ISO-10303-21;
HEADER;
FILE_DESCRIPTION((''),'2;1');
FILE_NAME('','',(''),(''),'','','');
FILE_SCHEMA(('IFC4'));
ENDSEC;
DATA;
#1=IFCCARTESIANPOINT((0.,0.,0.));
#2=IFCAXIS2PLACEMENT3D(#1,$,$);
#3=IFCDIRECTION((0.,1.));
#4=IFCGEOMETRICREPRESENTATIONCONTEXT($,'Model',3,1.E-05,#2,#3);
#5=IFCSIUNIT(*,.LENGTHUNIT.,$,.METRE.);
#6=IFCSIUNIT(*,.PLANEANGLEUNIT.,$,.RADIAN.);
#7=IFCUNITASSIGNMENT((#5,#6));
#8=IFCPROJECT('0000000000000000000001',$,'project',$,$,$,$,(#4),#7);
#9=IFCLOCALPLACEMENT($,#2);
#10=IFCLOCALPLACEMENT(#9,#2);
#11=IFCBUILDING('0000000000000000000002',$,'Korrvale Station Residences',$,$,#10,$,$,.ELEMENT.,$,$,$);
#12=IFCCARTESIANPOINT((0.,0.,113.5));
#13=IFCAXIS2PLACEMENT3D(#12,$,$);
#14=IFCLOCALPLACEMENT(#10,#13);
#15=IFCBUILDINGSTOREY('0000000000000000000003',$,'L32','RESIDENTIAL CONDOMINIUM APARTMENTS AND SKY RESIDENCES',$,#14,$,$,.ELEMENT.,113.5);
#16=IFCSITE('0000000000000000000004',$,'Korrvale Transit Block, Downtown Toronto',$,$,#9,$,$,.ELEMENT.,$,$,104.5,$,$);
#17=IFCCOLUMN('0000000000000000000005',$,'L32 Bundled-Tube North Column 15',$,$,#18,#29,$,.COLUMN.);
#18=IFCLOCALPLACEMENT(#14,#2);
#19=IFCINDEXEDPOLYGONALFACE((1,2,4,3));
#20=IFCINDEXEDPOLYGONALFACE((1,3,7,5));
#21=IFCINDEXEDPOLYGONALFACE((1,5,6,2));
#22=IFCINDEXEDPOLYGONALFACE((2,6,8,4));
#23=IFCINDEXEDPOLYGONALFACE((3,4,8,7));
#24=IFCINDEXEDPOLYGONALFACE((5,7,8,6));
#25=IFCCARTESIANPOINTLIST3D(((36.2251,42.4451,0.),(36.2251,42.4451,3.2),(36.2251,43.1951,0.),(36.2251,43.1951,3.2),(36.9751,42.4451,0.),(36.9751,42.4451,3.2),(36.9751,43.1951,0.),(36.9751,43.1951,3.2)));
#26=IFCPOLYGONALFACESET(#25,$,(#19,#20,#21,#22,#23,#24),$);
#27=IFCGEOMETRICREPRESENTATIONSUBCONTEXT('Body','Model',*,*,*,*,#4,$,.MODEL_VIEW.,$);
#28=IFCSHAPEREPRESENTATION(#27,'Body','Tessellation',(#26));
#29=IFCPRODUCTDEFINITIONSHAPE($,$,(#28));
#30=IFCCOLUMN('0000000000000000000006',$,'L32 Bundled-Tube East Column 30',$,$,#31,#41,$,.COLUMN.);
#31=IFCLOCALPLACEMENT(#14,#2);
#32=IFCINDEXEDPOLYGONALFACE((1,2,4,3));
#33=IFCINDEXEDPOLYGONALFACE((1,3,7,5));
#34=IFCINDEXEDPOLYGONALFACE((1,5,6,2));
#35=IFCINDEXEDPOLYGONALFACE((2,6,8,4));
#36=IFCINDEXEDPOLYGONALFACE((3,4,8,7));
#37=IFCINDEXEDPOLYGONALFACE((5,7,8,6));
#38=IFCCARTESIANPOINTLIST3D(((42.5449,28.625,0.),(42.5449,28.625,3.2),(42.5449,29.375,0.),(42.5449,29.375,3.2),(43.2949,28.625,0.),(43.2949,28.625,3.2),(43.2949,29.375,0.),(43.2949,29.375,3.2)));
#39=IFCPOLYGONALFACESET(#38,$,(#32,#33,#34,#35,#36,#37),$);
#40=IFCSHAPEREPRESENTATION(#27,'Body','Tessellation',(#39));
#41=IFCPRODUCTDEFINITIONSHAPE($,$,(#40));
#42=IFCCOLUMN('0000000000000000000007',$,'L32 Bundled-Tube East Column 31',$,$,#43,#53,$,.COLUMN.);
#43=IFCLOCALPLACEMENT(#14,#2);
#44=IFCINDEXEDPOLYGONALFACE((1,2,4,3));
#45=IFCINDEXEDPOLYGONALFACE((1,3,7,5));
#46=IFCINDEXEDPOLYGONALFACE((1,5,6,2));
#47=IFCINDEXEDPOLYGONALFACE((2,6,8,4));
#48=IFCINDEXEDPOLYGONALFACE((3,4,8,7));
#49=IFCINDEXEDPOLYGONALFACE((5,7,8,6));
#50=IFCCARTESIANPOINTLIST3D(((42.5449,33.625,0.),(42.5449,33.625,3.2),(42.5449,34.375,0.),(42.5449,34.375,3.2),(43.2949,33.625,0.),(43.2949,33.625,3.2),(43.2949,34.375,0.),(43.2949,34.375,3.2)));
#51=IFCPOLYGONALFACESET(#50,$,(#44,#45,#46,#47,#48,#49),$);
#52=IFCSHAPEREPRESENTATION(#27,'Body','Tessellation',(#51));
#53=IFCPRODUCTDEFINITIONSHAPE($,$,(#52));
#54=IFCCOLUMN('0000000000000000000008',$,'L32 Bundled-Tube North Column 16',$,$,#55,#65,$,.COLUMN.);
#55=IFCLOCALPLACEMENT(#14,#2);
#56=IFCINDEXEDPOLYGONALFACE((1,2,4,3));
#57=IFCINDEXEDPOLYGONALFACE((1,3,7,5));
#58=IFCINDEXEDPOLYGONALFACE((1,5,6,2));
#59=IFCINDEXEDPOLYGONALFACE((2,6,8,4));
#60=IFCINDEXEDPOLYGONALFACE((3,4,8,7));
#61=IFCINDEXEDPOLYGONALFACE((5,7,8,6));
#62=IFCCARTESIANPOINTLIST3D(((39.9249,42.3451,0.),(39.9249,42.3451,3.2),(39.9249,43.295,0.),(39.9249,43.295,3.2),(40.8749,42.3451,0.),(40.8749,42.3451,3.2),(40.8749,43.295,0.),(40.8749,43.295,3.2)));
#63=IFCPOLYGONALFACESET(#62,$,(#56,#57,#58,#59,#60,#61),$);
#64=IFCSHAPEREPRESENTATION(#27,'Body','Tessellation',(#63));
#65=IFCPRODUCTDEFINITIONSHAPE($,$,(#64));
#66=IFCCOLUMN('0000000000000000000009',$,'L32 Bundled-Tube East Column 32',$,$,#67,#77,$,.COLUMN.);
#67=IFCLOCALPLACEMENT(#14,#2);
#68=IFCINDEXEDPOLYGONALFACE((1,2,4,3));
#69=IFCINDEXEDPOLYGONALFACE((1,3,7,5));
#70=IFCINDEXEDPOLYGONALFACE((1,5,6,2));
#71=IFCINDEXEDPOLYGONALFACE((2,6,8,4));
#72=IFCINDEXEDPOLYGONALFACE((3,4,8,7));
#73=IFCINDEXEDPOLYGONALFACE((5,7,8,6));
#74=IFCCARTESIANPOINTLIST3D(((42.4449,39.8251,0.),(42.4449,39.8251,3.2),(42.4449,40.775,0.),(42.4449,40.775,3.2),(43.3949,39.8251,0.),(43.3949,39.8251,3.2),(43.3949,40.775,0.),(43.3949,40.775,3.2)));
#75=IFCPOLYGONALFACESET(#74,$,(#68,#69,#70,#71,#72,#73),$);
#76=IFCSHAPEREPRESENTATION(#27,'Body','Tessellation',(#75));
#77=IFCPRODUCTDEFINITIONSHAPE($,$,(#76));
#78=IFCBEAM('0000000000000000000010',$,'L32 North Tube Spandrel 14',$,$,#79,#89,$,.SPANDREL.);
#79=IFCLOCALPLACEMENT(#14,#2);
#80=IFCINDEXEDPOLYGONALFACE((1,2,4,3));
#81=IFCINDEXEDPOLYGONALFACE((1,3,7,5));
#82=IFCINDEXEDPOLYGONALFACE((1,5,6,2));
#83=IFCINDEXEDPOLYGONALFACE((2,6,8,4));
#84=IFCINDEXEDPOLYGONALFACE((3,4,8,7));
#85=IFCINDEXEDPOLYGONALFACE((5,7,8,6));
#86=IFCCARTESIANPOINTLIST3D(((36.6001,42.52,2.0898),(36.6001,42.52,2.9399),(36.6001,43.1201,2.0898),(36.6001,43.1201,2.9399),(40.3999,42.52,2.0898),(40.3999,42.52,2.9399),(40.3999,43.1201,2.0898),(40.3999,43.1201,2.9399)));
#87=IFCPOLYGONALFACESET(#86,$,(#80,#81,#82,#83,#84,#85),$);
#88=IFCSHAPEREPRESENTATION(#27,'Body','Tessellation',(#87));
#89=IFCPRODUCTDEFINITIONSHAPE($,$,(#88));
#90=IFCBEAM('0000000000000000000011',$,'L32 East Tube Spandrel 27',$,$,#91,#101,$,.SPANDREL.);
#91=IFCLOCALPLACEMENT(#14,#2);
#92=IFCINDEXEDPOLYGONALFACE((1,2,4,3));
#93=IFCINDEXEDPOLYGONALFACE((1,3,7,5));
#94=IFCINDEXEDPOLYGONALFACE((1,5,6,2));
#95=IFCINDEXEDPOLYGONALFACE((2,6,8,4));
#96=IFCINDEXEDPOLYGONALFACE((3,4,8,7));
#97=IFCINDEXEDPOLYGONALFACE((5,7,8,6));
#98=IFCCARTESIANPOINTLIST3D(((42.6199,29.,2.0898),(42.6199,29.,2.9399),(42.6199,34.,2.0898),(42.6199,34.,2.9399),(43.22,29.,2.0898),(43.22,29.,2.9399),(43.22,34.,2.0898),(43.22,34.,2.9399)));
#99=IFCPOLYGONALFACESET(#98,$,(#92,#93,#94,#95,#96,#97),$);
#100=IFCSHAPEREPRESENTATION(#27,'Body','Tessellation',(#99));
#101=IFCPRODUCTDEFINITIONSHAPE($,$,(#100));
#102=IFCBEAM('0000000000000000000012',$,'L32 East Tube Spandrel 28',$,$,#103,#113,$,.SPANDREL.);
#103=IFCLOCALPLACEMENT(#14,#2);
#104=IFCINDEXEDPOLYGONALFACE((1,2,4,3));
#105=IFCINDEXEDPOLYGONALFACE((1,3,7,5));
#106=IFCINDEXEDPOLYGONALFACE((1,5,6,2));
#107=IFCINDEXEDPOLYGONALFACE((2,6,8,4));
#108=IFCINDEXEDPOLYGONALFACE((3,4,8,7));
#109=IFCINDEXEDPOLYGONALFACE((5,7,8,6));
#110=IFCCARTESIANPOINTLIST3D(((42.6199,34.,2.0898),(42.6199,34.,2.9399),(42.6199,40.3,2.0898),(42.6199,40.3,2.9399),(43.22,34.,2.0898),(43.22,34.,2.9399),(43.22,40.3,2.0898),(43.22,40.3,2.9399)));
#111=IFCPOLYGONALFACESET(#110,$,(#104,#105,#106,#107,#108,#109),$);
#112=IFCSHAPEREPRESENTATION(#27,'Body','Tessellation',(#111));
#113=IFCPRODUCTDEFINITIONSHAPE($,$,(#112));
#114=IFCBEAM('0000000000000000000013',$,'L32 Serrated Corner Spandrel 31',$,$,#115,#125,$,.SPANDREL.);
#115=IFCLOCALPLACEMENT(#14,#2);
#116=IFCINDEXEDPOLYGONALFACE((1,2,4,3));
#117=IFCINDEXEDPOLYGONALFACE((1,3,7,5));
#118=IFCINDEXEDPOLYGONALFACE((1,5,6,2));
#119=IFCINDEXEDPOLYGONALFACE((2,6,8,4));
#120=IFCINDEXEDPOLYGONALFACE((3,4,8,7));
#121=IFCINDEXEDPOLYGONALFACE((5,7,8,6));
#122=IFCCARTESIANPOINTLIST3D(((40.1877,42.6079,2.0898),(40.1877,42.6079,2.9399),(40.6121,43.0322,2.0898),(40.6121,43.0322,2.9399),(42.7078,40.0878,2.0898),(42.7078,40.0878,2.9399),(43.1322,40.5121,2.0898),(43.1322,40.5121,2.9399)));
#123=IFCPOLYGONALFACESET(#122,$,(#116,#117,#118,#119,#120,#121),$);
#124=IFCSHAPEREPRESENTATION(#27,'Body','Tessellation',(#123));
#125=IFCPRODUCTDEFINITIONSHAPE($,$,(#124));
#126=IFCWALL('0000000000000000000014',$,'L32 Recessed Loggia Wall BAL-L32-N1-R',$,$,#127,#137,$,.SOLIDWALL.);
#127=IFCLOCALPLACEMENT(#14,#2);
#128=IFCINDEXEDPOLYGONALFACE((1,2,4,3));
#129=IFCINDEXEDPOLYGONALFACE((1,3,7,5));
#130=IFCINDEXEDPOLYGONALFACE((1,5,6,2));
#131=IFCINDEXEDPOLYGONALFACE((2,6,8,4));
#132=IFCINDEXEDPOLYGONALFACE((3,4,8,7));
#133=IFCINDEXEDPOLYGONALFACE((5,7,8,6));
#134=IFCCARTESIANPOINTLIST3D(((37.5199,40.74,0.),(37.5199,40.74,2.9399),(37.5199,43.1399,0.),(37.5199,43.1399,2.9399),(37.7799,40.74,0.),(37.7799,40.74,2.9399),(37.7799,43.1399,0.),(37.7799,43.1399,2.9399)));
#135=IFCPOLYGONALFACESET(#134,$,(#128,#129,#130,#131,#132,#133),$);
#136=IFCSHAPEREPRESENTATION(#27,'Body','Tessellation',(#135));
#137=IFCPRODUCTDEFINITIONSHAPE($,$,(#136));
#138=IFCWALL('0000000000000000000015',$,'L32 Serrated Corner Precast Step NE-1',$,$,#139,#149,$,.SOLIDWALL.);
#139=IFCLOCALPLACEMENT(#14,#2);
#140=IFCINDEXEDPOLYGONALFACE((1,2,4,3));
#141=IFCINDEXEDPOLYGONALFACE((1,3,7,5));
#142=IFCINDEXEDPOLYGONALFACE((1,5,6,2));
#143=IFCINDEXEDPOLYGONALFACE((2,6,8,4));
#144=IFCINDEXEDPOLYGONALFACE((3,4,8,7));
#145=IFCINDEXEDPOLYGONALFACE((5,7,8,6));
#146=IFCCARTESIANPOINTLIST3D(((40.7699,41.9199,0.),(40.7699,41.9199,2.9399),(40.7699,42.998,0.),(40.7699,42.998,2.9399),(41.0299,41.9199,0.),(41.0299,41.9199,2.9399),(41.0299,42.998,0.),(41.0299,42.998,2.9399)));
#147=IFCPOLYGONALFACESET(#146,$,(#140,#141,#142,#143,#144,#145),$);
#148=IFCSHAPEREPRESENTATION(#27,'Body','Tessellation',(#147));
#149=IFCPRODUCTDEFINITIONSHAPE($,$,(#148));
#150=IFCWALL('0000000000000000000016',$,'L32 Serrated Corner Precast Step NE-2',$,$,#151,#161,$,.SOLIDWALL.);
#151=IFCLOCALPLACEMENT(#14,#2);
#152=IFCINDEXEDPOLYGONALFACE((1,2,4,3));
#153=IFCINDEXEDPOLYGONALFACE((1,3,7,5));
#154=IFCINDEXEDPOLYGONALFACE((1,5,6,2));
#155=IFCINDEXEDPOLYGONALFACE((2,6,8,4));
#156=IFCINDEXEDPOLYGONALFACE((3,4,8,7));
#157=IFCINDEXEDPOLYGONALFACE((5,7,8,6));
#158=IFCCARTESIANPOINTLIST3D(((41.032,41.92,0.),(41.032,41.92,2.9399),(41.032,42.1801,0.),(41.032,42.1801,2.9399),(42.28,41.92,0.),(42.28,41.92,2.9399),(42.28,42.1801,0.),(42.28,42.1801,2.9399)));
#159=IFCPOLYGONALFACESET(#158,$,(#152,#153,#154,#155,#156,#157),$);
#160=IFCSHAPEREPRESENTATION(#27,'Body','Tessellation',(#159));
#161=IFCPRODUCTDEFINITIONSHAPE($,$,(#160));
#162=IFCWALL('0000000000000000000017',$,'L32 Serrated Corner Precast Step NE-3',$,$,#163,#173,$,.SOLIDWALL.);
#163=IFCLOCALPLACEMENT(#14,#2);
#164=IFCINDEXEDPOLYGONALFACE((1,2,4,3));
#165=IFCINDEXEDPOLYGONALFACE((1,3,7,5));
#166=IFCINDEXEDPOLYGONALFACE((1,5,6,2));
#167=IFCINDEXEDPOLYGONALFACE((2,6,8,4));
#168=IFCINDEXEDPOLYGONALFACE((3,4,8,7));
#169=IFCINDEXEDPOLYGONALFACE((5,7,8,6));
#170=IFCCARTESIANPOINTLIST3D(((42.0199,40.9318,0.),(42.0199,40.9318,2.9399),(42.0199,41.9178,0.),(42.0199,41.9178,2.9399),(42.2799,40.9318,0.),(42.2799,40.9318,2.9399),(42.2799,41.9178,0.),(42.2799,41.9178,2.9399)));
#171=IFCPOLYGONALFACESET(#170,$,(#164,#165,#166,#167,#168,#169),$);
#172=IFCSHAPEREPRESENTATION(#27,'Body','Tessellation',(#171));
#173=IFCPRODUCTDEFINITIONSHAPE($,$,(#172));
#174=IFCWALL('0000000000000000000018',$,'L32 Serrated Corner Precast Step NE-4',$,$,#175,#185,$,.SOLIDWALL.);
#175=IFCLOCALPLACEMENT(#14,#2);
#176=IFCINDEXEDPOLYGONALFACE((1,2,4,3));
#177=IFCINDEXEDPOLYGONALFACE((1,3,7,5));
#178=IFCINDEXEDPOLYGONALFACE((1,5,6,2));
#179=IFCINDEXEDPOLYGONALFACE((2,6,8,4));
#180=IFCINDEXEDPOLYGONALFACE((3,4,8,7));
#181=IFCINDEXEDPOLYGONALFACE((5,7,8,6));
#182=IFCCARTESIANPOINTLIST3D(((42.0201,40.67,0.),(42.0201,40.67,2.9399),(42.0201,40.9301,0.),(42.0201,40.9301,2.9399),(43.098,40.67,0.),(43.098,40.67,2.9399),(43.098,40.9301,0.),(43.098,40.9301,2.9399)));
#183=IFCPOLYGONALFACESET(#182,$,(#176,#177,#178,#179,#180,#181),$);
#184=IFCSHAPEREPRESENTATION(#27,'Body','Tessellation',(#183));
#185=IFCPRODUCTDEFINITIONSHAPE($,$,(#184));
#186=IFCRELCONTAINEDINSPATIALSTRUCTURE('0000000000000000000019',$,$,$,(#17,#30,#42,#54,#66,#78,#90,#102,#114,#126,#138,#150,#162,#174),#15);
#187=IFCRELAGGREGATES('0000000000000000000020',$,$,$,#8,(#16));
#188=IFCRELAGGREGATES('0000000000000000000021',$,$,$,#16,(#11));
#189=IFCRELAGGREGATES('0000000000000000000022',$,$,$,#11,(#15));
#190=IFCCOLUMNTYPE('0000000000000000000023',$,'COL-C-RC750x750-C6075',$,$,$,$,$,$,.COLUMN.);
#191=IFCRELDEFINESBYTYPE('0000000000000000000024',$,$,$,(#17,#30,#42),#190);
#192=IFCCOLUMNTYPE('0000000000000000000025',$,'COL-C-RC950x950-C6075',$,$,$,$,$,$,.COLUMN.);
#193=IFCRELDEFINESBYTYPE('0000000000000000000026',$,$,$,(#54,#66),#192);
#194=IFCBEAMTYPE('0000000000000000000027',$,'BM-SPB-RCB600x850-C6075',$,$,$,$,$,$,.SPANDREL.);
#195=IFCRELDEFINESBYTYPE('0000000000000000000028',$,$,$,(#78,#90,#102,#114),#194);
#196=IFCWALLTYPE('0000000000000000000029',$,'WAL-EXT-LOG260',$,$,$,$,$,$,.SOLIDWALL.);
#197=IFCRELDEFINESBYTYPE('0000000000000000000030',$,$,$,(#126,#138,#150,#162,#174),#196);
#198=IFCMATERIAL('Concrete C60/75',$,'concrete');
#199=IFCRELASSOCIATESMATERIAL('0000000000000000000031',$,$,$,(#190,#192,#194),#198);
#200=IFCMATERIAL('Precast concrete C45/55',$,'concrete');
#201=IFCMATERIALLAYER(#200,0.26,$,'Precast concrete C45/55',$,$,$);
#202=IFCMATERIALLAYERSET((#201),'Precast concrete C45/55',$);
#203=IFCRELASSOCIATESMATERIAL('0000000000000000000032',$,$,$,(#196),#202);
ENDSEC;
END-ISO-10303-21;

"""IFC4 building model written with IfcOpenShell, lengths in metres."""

from ifc_helpers import new_model, si_unit, direction, frame, frame_2d, origin, origin_2d, place, context, subcontext, project, spatial, rectangle, extrude, material, layer, layer_set, material_profile, profile_set, type_object, element, save


model = new_model("IFC4")

# Units and contexts
model_context = context("Model", 3, precision=1e-05, world=origin(), true_north=direction((0.0, 1.0)))
body_context = subcontext(model_context, "Body", "Model", "MODEL_VIEW")
ifc_project = project(units=[si_unit("LENGTHUNIT", "METRE"), si_unit("PLANEANGLEUNIT", "RADIAN")], contexts=[model_context])

# Site, building, storey
site_placement = place(None, origin())
site = spatial("IfcSite", under=ifc_project, at=site_placement, Name="Korrvale Transit Block, Downtown Toronto", CompositionType="ELEMENT", RefElevation=104.5)
building_placement = place(site_placement, origin())
building = spatial("IfcBuilding", under=site, at=building_placement, Name="Korrvale Station Residences", CompositionType="ELEMENT")
storey_placement = place(building_placement, frame((0.0, 0.0, 113.5)))
storey = spatial("IfcBuildingStorey", under=building, at=storey_placement, Name="L32", Description="RESIDENTIAL CONDOMINIUM APARTMENTS AND SKY RESIDENCES", CompositionType="ELEMENT", Elevation=113.5)

# Columns
ifc_material_1 = material(Name="Concrete C60/75", Category="concrete")
ifc_material_profile_1 = material_profile(ifc_material_1, rectangle(XDim=0.75, YDim=0.75, at=origin_2d()), Name="RC750x750")
ifc_profile_set_1 = profile_set([ifc_material_profile_1], Name="Concrete C60/75")
column_type_1 = type_object("IfcColumnType", Name="COL-C-RC750x750-C6075", PredefinedType="COLUMN", material=ifc_profile_set_1)
for number, where, z_axis, x_axis, name in (
    (1, (36.6001, 42.8201, 0.0), (0.0, 0.0, 1.0), (1.0, 0.0, 0.0), "L32 Bundled-Tube North Column 15"),
    (2, (42.9199, 29.0, 0.0), (0.0, 0.0, 1.0), (1.0, 0.0, 0.0), "L32 Bundled-Tube East Column 30"),
    (3, (42.9199, 34.0, 0.0), (0.0, 0.0, 1.0), (1.0, 0.0, 0.0), "L32 Bundled-Tube East Column 31"),
):
    element("IfcColumn", number, at=place(storey_placement, frame(where, z_axis=z_axis, x_axis=x_axis)), inside=storey, type_object=column_type_1, Name=name, PredefinedType="COLUMN", context=body_context, shape_type="SweptSolid", body=[
        extrude(rectangle(XDim=0.75, YDim=0.75, at=origin_2d()), origin(), (0.0, 0.0, 1.0), 3.2),
    ])
ifc_material_profile_2 = material_profile(ifc_material_1, rectangle(XDim=0.95, YDim=0.95, at=origin_2d()), Name="RC950x950")
ifc_profile_set_2 = profile_set([ifc_material_profile_2], Name="Concrete C60/75")
column_type_2 = type_object("IfcColumnType", Name="COL-C-RC950x950-C6075", PredefinedType="COLUMN", material=ifc_profile_set_2)
for number, where, z_axis, x_axis, name in (
    (4, (40.3999, 42.8201, 0.0), (0.0, 0.0, 1.0), (1.0, 0.0, 0.0), "L32 Bundled-Tube North Column 16"),
    (5, (42.9199, 40.3, 0.0), (0.0, 0.0, 1.0), (1.0, 0.0, 0.0), "L32 Bundled-Tube East Column 32"),
):
    element("IfcColumn", number, at=place(storey_placement, frame(where, z_axis=z_axis, x_axis=x_axis)), inside=storey, type_object=column_type_2, Name=name, PredefinedType="COLUMN", context=body_context, shape_type="SweptSolid", body=[
        extrude(rectangle(XDim=0.95, YDim=0.95, at=origin_2d()), origin(), (0.0, 0.0, 1.0), 3.2),
    ])

# Beams
ifc_material_profile_3 = material_profile(ifc_material_1, rectangle(XDim=0.6001, YDim=0.8501, at=origin_2d()), Name="RCB600x850")
ifc_profile_set_3 = profile_set([ifc_material_profile_3], Name="Concrete C60/75")
beam_type = type_object("IfcBeamType", Name="BM-SPB-RCB600x850-C6075", PredefinedType="SPANDREL", material=ifc_profile_set_3)
beam_1_placement = place(storey_placement, frame((36.6001, 42.8201, 2.5149), z_axis=(1.0, 0.0, 0.0), x_axis=(0.0, 1.0, 0.0)))
element("IfcBeam", 6, at=beam_1_placement, inside=storey, type_object=beam_type, Name="L32 North Tube Spandrel 14", PredefinedType="SPANDREL", context=body_context, shape_type="SweptSolid", body=[
    extrude(rectangle(XDim=0.6001, YDim=0.8501, at=origin_2d()), origin(), (0.0, 0.0, 1.0), 3.7998),
])
beam_2_placement = place(storey_placement, frame((42.9199, 29.0, 2.5149), z_axis=(0.0, 1.0, 0.0), x_axis=(-1.0, 0.0, 0.0)))
element("IfcBeam", 7, at=beam_2_placement, inside=storey, type_object=beam_type, Name="L32 East Tube Spandrel 27", PredefinedType="SPANDREL", context=body_context, shape_type="SweptSolid", body=[
    extrude(rectangle(XDim=0.6001, YDim=0.8501, at=origin_2d()), origin(), (0.0, 0.0, 1.0), 5.0),
])
beam_3_placement = place(storey_placement, frame((42.9199, 34.0, 2.5149), z_axis=(0.0, 1.0, 0.0), x_axis=(-1.0, 0.0, 0.0)))
element("IfcBeam", 8, at=beam_3_placement, inside=storey, type_object=beam_type, Name="L32 East Tube Spandrel 28", PredefinedType="SPANDREL", context=body_context, shape_type="SweptSolid", body=[
    extrude(rectangle(XDim=0.6001, YDim=0.8501, at=origin_2d()), origin(), (0.0, 0.0, 1.0), 6.3),
])
beam_4_placement = place(storey_placement, frame((40.3999, 42.8201, 2.5149), z_axis=(0.707107, -0.707107, 0.0), x_axis=(0.707107, 0.707107, 0.0)))
element("IfcBeam", 9, at=beam_4_placement, inside=storey, type_object=beam_type, Name="L32 Serrated Corner Spandrel 31", PredefinedType="SPANDREL", context=body_context, shape_type="SweptSolid", body=[
    extrude(rectangle(XDim=0.6001, YDim=0.8501, at=origin_2d()), origin(), (0.0, 0.0, 1.0), 3.564),
])

# Walls
ifc_material_2 = material(Name="Precast concrete C45/55", Category="concrete")
ifc_layer_1 = layer(ifc_material_2, 0.26, Name="Precast concrete C45/55")
ifc_layer_set_1 = layer_set([ifc_layer_1], Name="Precast concrete C45/55")
wall_type_1 = type_object("IfcWallType", Name="WAL-EXT-LOG260", PredefinedType="SOLIDWALL", material=ifc_layer_set_1)
wall_1_placement = place(storey_placement, frame((37.6499, 40.74, 0.0), z_axis=(0.0, 0.0, 1.0), x_axis=(0.0, 1.0, 0.0)))
element("IfcWall", 10, at=wall_1_placement, inside=storey, type_object=wall_type_1, Name="L32 Recessed Loggia Wall BAL-L32-N1-R", PredefinedType="SOLIDWALL", context=body_context, shape_type="SweptSolid", body=[
    extrude(rectangle(XDim=2.3999, YDim=0.26, at=frame_2d((1.2, 0.0))), origin(), (0.0, 0.0, 1.0), 2.9399),
])
wall_2_placement = place(storey_placement, frame((40.8999, 42.998, 0.0), z_axis=(0.0, 0.0, 1.0), x_axis=(0.0, -1.0, 0.0)))
element("IfcWall", 11, at=wall_2_placement, inside=storey, type_object=wall_type_1, Name="L32 Serrated Corner Precast Step NE-1", PredefinedType="SOLIDWALL", context=body_context, shape_type="SweptSolid", body=[
    extrude(rectangle(XDim=1.0781, YDim=0.26, at=frame_2d((0.5391, 0.0))), origin(), (0.0, 0.0, 1.0), 2.9399),
])
wall_3_placement = place(storey_placement, frame((41.032, 42.05, 0.0), z_axis=(0.0, 0.0, 1.0), x_axis=(1.0, 0.0, 0.0)))
element("IfcWall", 12, at=wall_3_placement, inside=storey, type_object=wall_type_1, Name="L32 Serrated Corner Precast Step NE-2", PredefinedType="SOLIDWALL", context=body_context, shape_type="SweptSolid", body=[
    extrude(rectangle(XDim=1.248, YDim=0.26, at=frame_2d((0.624, 0.0))), origin(), (0.0, 0.0, 1.0), 2.9399),
])
wall_4_placement = place(storey_placement, frame((42.1499, 41.918, 0.0), z_axis=(0.0, 0.0, 1.0), x_axis=(0.0, -1.0, 0.0)))
element("IfcWall", 13, at=wall_4_placement, inside=storey, type_object=wall_type_1, Name="L32 Serrated Corner Precast Step NE-3", PredefinedType="SOLIDWALL", context=body_context, shape_type="SweptSolid", body=[
    extrude(rectangle(XDim=0.9861, YDim=0.26, at=frame_2d((0.4932, 0.0))), origin(), (0.0, 0.0, 1.0), 2.9399),
])
wall_5_placement = place(storey_placement, frame((42.02, 40.8, 0.0), z_axis=(0.0, 0.0, 1.0), x_axis=(1.0, 0.0, 0.0)))
element("IfcWall", 14, at=wall_5_placement, inside=storey, type_object=wall_type_1, Name="L32 Serrated Corner Precast Step NE-4", PredefinedType="SOLIDWALL", context=body_context, shape_type="SweptSolid", body=[
    extrude(rectangle(XDim=1.0779, YDim=0.26, at=frame_2d((0.5391, 0.0))), origin(), (0.0, 0.0, 1.0), 2.9399),
])

save(model, "model.ifc")
